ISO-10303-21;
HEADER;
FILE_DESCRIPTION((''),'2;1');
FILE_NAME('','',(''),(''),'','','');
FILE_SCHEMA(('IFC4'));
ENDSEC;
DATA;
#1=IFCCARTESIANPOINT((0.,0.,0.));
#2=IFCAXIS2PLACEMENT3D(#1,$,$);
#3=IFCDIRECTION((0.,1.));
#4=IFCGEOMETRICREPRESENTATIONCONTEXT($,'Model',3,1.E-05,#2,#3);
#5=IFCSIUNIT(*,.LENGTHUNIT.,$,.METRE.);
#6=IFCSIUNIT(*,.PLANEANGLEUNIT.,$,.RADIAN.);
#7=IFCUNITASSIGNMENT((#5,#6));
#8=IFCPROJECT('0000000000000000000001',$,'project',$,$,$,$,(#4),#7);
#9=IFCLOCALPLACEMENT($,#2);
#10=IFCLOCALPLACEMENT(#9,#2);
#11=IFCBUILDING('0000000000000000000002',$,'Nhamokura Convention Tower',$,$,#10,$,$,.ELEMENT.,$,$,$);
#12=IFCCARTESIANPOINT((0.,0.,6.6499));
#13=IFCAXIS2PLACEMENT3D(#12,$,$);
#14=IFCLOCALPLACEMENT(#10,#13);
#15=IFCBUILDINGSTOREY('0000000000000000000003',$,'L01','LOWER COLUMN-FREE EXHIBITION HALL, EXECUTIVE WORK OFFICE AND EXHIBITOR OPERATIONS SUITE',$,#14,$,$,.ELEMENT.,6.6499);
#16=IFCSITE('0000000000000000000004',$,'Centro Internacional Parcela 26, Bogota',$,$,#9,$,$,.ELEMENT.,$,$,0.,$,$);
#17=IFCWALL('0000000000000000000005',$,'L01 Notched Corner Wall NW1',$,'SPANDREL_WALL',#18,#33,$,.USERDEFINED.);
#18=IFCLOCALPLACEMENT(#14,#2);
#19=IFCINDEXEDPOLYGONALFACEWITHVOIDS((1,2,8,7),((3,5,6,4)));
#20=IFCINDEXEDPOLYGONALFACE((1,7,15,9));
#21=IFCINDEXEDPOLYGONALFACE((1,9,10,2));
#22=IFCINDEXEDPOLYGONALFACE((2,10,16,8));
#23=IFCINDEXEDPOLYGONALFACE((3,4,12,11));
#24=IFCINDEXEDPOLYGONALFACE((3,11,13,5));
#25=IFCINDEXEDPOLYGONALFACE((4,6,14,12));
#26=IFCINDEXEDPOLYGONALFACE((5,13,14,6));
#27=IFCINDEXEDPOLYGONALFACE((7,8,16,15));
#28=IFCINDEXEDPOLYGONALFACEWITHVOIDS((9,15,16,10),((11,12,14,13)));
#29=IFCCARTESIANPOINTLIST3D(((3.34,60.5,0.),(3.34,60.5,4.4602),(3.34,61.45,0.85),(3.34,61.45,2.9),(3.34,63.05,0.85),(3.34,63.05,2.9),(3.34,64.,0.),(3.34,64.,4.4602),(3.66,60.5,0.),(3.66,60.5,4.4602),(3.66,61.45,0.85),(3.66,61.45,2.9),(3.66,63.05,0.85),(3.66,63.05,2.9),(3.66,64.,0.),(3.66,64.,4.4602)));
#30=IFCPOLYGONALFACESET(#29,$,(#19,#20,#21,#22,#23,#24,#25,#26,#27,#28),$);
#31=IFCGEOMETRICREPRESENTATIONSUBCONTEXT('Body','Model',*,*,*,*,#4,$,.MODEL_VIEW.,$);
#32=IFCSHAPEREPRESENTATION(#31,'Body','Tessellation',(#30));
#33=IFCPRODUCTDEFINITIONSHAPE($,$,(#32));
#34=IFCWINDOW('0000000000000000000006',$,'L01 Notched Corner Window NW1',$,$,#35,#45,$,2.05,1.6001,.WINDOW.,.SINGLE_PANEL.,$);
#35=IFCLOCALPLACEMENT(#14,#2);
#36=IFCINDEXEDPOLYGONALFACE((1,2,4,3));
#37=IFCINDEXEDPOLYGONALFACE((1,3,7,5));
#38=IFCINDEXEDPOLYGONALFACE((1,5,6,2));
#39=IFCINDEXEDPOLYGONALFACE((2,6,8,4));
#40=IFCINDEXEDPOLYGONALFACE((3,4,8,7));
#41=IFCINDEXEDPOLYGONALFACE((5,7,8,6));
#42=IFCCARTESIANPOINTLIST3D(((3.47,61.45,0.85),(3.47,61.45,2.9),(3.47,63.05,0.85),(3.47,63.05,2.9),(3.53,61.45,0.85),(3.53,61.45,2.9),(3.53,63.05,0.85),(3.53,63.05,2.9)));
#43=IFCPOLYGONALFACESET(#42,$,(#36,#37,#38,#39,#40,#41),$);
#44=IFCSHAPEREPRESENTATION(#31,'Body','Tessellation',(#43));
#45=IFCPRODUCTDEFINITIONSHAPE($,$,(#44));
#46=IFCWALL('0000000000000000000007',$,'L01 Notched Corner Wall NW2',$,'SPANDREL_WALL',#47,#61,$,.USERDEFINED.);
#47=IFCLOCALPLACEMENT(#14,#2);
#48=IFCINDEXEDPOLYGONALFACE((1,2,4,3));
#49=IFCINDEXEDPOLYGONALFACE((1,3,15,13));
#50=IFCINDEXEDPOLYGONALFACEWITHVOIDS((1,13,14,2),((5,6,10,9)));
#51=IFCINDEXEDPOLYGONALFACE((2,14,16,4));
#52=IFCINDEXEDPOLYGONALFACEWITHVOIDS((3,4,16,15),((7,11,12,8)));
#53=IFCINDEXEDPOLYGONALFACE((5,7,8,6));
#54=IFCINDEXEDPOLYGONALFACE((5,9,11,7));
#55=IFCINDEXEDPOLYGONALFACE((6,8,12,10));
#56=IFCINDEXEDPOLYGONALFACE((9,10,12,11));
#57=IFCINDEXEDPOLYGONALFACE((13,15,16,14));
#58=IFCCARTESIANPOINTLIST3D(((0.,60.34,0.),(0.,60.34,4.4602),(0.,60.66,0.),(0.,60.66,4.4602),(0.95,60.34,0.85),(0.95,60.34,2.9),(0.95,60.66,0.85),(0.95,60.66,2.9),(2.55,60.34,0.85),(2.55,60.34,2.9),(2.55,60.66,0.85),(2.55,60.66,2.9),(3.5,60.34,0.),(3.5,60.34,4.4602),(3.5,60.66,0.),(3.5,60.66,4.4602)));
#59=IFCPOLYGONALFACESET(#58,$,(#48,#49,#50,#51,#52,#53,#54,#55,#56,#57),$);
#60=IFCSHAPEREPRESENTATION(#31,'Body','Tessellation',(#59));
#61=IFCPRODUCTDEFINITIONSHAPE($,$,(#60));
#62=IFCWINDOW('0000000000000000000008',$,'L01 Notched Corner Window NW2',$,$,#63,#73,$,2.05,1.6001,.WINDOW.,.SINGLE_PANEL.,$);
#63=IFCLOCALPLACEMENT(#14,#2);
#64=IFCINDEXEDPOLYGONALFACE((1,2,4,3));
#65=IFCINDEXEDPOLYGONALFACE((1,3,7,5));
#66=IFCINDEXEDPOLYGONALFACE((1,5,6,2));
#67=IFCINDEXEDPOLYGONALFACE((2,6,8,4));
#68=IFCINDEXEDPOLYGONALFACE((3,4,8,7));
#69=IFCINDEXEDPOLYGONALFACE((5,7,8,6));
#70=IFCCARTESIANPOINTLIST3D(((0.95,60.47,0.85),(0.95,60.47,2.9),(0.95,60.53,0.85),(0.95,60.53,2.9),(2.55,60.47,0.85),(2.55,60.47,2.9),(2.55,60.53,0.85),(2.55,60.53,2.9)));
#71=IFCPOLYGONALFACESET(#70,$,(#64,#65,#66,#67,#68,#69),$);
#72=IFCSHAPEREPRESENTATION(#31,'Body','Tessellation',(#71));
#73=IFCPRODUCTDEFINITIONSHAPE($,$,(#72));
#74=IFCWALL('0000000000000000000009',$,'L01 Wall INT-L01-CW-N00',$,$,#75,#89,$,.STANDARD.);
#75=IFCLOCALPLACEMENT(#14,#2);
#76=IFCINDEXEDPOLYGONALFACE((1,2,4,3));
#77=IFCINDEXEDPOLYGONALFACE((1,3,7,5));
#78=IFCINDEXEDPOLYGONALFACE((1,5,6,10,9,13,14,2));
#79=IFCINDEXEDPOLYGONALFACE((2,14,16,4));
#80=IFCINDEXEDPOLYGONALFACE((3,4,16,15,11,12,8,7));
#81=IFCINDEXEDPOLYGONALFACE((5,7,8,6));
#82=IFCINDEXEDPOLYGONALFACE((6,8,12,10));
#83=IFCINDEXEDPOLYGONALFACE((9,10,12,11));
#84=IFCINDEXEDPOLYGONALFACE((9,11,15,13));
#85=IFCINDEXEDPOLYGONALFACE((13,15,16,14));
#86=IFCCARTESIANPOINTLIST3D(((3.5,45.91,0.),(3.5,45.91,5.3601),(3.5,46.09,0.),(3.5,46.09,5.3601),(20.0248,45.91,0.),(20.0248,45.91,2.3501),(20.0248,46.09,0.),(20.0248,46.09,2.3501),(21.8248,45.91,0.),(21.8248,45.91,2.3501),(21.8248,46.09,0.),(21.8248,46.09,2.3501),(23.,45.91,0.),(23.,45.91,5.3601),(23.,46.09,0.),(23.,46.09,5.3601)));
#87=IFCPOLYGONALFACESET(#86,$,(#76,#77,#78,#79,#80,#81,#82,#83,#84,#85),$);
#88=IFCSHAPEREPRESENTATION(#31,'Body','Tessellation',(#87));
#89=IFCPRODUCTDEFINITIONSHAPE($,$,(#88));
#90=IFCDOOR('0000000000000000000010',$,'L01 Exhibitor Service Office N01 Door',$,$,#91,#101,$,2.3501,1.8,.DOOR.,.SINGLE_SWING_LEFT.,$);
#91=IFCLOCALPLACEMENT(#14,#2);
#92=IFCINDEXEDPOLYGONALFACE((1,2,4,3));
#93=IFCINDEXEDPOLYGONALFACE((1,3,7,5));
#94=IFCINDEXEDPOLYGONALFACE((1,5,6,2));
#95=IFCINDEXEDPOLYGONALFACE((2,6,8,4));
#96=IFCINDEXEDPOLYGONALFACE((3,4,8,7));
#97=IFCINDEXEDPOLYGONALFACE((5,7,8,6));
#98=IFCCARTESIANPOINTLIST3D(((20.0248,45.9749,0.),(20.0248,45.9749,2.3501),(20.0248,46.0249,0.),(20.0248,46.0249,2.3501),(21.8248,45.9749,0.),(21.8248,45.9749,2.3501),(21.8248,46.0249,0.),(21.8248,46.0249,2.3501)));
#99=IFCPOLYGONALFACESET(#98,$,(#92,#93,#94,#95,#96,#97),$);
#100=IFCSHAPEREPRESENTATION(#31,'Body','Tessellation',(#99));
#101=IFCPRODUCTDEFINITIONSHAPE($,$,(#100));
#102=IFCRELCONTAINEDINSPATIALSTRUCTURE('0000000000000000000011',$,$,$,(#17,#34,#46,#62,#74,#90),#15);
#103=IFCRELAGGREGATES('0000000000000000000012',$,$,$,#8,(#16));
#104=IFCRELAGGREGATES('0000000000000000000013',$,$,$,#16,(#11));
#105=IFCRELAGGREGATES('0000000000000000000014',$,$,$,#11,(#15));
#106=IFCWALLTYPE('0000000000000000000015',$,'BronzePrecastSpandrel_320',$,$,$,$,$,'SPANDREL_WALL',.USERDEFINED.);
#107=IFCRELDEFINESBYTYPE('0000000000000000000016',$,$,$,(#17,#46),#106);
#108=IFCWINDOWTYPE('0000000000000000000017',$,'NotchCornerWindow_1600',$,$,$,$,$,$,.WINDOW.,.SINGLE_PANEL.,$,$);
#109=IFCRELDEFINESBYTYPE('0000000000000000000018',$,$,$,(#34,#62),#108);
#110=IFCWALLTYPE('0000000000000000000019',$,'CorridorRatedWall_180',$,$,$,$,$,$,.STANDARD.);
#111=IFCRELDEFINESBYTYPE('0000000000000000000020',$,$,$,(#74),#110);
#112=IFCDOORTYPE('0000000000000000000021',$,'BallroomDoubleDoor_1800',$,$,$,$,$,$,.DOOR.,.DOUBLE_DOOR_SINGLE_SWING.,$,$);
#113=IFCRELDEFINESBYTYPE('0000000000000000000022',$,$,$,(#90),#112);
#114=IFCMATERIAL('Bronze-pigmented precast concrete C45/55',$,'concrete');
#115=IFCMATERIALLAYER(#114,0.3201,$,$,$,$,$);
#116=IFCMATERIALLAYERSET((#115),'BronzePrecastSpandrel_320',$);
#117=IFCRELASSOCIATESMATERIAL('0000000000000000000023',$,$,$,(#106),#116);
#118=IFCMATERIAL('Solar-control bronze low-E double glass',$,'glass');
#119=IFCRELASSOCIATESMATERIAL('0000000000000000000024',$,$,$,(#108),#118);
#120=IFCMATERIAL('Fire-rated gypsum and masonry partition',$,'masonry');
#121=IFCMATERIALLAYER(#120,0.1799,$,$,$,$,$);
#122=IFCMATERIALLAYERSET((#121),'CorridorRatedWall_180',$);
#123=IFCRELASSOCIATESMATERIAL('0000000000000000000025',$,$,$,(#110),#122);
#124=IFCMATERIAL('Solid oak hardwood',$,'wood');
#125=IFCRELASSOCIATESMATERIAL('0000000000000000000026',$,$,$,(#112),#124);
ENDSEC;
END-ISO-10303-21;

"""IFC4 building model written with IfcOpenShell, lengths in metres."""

from ifc_helpers import new_model, si_unit, direction, frame, frame_2d, origin, place, context, subcontext, project, spatial, rectangle, extrude, material, layer, layer_set, type_object, element, fill, save


model = new_model("IFC4")

# Units and contexts
model_context = context("Model", 3, precision=1e-05, world=origin(), true_north=direction((0.0, 1.0)))
body_context = subcontext(model_context, "Body", "Model", "MODEL_VIEW")
ifc_project = project(units=[si_unit("LENGTHUNIT", "METRE"), si_unit("PLANEANGLEUNIT", "RADIAN")], contexts=[model_context])

# Site, building, storey
site_placement = place(None, origin())
site = spatial("IfcSite", under=ifc_project, at=site_placement, Name="Centro Internacional Parcela 26, Bogota", CompositionType="ELEMENT", RefElevation=0.0)
building_placement = place(site_placement, origin())
building = spatial("IfcBuilding", under=site, at=building_placement, Name="Nhamokura Convention Tower", CompositionType="ELEMENT")
storey_placement = place(building_placement, frame((0.0, 0.0, 6.6499)))
storey = spatial("IfcBuildingStorey", under=building, at=storey_placement, Name="L01", Description="LOWER COLUMN-FREE EXHIBITION HALL, EXECUTIVE WORK OFFICE AND EXHIBITOR OPERATIONS SUITE", CompositionType="ELEMENT", Elevation=6.6499)

# Shared definitions
ifc_material_1 = material(Name="Bronze-pigmented precast concrete C45/55", Category="concrete")
ifc_layer_1 = layer(ifc_material_1, 0.3201)
ifc_layer_set_1 = layer_set([ifc_layer_1], Name="BronzePrecastSpandrel_320")
wall_type_1 = type_object("IfcWallType", Name="BronzePrecastSpandrel_320", ElementType="SPANDREL_WALL", PredefinedType="USERDEFINED", material=ifc_layer_set_1)

# Walls, openings, windows
wall_1_placement = place(storey_placement, frame((3.5, 60.5, 0.0), z_axis=(0.0, 0.0, 1.0), x_axis=(0.0, 1.0, 0.0)))
wall_1 = element("IfcWall", 1, at=wall_1_placement, inside=storey, type_object=wall_type_1, Name="L01 Notched Corner Wall NW1", ObjectType="SPANDREL_WALL", PredefinedType="USERDEFINED", context=body_context, shape_type="SweptSolid", body=[
    extrude(rectangle(XDim=3.5, YDim=0.3201, at=frame_2d((1.75, 0.0))), origin(), (0.0, 0.0, 1.0), 4.4602),
])
opening_1_placement = place(wall_1_placement, frame((0.95, 0.0, 0.8501)))
opening_1 = element("IfcOpeningElement", 2, at=opening_1_placement, cuts=wall_1, PredefinedType="OPENING", context=body_context, shape_type="SweptSolid", body=[
    extrude(rectangle(XDim=1.6001, YDim=2.05, at=frame_2d((0.8, 1.0249))), frame((0.0, 0.1699, 0.0), z_axis=(0.0, -1.0, 0.0), x_axis=(1.0, 0.0, 0.0)), (0.0, 0.0, 1.0), 0.3401),
])
ifc_material_2 = material(Name="Solar-control bronze low-E double glass", Category="glass")
window_type = type_object("IfcWindowType", Name="NotchCornerWindow_1600", PartitioningType="SINGLE_PANEL", PredefinedType="WINDOW", material=ifc_material_2)
window_1_placement = place(opening_1_placement, origin())
window_1 = element("IfcWindow", 3, at=window_1_placement, inside=storey, type_object=window_type, Name="L01 Notched Corner Window NW1", OverallHeight=2.05, OverallWidth=1.6001, PartitioningType="SINGLE_PANEL", PredefinedType="WINDOW", context=body_context, shape_type="SweptSolid", body=[
    extrude(rectangle(XDim=1.6001, YDim=2.05, at=frame_2d((0.8, 1.0249))), frame((0.0, 0.03, 0.0), z_axis=(0.0, -1.0, 0.0), x_axis=(1.0, 0.0, 0.0)), (0.0, 0.0, 1.0), 0.0601),
])
fill(opening_1, window_1)
wall_2_placement = place(storey_placement, frame((0.0, 60.5, 0.0), z_axis=(0.0, 0.0, 1.0), x_axis=(1.0, 0.0, 0.0)))
wall_2 = element("IfcWall", 4, at=wall_2_placement, inside=storey, type_object=wall_type_1, Name="L01 Notched Corner Wall NW2", ObjectType="SPANDREL_WALL", PredefinedType="USERDEFINED", context=body_context, shape_type="SweptSolid", body=[
    extrude(rectangle(XDim=3.5, YDim=0.3201, at=frame_2d((1.75, 0.0))), origin(), (0.0, 0.0, 1.0), 4.4602),
])
opening_2_placement = place(wall_2_placement, frame((0.95, 0.0, 0.8501)))
opening_2 = element("IfcOpeningElement", 5, at=opening_2_placement, cuts=wall_2, PredefinedType="OPENING", context=body_context, shape_type="SweptSolid", body=[
    extrude(rectangle(XDim=1.6001, YDim=2.05, at=frame_2d((0.8, 1.0249))), frame((0.0, 0.1699, 0.0), z_axis=(0.0, -1.0, 0.0), x_axis=(1.0, 0.0, 0.0)), (0.0, 0.0, 1.0), 0.3401),
])
window_2_placement = place(opening_2_placement, origin())
window_2 = element("IfcWindow", 6, at=window_2_placement, inside=storey, type_object=window_type, Name="L01 Notched Corner Window NW2", OverallHeight=2.05, OverallWidth=1.6001, PartitioningType="SINGLE_PANEL", PredefinedType="WINDOW", context=body_context, shape_type="SweptSolid", body=[
    extrude(rectangle(XDim=1.6001, YDim=2.05, at=frame_2d((0.8, 1.0249))), frame((0.0, 0.03, 0.0), z_axis=(0.0, -1.0, 0.0), x_axis=(1.0, 0.0, 0.0)), (0.0, 0.0, 1.0), 0.0601),
])
fill(opening_2, window_2)

# Wall, opening, door
ifc_material_3 = material(Name="Fire-rated gypsum and masonry partition", Category="masonry")
ifc_layer_2 = layer(ifc_material_3, 0.1799)
ifc_layer_set_2 = layer_set([ifc_layer_2], Name="CorridorRatedWall_180")
wall_type_2 = type_object("IfcWallType", Name="CorridorRatedWall_180", PredefinedType="STANDARD", material=ifc_layer_set_2)
wall_3_placement = place(storey_placement, frame((3.5, 46.0, 0.0), z_axis=(0.0, 0.0, 1.0), x_axis=(1.0, 0.0, 0.0)))
wall_3 = element("IfcWall", 7, at=wall_3_placement, inside=storey, type_object=wall_type_2, Name="L01 Wall INT-L01-CW-N00", PredefinedType="STANDARD", context=body_context, shape_type="SweptSolid", body=[
    extrude(rectangle(XDim=19.5, YDim=0.1799, at=frame_2d((9.75, 0.0))), origin(), (0.0, 0.0, 1.0), 5.3601),
])
opening_3_placement = place(wall_3_placement, frame((16.5249, 0.0, 0.0)))
opening_3 = element("IfcOpeningElement", 8, at=opening_3_placement, cuts=wall_3, PredefinedType="OPENING", context=body_context, shape_type="SweptSolid", body=[
    extrude(rectangle(XDim=1.8, YDim=2.3501, at=frame_2d((0.8999, 1.175))), frame((0.0, 0.0999, 0.0), z_axis=(0.0, -1.0, 0.0), x_axis=(1.0, 0.0, 0.0)), (0.0, 0.0, 1.0), 0.2),
])
ifc_material_4 = material(Name="Solid oak hardwood", Category="wood")
door_type = type_object("IfcDoorType", Name="BallroomDoubleDoor_1800", OperationType="DOUBLE_DOOR_SINGLE_SWING", PredefinedType="DOOR", material=ifc_material_4)
door_placement = place(opening_3_placement, origin())
door = element("IfcDoor", 9, at=door_placement, inside=storey, type_object=door_type, Name="L01 Exhibitor Service Office N01 Door", OperationType="SINGLE_SWING_LEFT", OverallHeight=2.3501, OverallWidth=1.8, PredefinedType="DOOR", context=body_context, shape_type="SweptSolid", body=[
    extrude(rectangle(XDim=1.8, YDim=2.3501, at=frame_2d((0.8999, 1.175))), frame((0.0, 0.0249, 0.0), z_axis=(0.0, -1.0, 0.0), x_axis=(1.0, 0.0, 0.0)), (0.0, 0.0, 1.0), 0.05),
])
fill(opening_3, door)

save(model, "model.ifc")
